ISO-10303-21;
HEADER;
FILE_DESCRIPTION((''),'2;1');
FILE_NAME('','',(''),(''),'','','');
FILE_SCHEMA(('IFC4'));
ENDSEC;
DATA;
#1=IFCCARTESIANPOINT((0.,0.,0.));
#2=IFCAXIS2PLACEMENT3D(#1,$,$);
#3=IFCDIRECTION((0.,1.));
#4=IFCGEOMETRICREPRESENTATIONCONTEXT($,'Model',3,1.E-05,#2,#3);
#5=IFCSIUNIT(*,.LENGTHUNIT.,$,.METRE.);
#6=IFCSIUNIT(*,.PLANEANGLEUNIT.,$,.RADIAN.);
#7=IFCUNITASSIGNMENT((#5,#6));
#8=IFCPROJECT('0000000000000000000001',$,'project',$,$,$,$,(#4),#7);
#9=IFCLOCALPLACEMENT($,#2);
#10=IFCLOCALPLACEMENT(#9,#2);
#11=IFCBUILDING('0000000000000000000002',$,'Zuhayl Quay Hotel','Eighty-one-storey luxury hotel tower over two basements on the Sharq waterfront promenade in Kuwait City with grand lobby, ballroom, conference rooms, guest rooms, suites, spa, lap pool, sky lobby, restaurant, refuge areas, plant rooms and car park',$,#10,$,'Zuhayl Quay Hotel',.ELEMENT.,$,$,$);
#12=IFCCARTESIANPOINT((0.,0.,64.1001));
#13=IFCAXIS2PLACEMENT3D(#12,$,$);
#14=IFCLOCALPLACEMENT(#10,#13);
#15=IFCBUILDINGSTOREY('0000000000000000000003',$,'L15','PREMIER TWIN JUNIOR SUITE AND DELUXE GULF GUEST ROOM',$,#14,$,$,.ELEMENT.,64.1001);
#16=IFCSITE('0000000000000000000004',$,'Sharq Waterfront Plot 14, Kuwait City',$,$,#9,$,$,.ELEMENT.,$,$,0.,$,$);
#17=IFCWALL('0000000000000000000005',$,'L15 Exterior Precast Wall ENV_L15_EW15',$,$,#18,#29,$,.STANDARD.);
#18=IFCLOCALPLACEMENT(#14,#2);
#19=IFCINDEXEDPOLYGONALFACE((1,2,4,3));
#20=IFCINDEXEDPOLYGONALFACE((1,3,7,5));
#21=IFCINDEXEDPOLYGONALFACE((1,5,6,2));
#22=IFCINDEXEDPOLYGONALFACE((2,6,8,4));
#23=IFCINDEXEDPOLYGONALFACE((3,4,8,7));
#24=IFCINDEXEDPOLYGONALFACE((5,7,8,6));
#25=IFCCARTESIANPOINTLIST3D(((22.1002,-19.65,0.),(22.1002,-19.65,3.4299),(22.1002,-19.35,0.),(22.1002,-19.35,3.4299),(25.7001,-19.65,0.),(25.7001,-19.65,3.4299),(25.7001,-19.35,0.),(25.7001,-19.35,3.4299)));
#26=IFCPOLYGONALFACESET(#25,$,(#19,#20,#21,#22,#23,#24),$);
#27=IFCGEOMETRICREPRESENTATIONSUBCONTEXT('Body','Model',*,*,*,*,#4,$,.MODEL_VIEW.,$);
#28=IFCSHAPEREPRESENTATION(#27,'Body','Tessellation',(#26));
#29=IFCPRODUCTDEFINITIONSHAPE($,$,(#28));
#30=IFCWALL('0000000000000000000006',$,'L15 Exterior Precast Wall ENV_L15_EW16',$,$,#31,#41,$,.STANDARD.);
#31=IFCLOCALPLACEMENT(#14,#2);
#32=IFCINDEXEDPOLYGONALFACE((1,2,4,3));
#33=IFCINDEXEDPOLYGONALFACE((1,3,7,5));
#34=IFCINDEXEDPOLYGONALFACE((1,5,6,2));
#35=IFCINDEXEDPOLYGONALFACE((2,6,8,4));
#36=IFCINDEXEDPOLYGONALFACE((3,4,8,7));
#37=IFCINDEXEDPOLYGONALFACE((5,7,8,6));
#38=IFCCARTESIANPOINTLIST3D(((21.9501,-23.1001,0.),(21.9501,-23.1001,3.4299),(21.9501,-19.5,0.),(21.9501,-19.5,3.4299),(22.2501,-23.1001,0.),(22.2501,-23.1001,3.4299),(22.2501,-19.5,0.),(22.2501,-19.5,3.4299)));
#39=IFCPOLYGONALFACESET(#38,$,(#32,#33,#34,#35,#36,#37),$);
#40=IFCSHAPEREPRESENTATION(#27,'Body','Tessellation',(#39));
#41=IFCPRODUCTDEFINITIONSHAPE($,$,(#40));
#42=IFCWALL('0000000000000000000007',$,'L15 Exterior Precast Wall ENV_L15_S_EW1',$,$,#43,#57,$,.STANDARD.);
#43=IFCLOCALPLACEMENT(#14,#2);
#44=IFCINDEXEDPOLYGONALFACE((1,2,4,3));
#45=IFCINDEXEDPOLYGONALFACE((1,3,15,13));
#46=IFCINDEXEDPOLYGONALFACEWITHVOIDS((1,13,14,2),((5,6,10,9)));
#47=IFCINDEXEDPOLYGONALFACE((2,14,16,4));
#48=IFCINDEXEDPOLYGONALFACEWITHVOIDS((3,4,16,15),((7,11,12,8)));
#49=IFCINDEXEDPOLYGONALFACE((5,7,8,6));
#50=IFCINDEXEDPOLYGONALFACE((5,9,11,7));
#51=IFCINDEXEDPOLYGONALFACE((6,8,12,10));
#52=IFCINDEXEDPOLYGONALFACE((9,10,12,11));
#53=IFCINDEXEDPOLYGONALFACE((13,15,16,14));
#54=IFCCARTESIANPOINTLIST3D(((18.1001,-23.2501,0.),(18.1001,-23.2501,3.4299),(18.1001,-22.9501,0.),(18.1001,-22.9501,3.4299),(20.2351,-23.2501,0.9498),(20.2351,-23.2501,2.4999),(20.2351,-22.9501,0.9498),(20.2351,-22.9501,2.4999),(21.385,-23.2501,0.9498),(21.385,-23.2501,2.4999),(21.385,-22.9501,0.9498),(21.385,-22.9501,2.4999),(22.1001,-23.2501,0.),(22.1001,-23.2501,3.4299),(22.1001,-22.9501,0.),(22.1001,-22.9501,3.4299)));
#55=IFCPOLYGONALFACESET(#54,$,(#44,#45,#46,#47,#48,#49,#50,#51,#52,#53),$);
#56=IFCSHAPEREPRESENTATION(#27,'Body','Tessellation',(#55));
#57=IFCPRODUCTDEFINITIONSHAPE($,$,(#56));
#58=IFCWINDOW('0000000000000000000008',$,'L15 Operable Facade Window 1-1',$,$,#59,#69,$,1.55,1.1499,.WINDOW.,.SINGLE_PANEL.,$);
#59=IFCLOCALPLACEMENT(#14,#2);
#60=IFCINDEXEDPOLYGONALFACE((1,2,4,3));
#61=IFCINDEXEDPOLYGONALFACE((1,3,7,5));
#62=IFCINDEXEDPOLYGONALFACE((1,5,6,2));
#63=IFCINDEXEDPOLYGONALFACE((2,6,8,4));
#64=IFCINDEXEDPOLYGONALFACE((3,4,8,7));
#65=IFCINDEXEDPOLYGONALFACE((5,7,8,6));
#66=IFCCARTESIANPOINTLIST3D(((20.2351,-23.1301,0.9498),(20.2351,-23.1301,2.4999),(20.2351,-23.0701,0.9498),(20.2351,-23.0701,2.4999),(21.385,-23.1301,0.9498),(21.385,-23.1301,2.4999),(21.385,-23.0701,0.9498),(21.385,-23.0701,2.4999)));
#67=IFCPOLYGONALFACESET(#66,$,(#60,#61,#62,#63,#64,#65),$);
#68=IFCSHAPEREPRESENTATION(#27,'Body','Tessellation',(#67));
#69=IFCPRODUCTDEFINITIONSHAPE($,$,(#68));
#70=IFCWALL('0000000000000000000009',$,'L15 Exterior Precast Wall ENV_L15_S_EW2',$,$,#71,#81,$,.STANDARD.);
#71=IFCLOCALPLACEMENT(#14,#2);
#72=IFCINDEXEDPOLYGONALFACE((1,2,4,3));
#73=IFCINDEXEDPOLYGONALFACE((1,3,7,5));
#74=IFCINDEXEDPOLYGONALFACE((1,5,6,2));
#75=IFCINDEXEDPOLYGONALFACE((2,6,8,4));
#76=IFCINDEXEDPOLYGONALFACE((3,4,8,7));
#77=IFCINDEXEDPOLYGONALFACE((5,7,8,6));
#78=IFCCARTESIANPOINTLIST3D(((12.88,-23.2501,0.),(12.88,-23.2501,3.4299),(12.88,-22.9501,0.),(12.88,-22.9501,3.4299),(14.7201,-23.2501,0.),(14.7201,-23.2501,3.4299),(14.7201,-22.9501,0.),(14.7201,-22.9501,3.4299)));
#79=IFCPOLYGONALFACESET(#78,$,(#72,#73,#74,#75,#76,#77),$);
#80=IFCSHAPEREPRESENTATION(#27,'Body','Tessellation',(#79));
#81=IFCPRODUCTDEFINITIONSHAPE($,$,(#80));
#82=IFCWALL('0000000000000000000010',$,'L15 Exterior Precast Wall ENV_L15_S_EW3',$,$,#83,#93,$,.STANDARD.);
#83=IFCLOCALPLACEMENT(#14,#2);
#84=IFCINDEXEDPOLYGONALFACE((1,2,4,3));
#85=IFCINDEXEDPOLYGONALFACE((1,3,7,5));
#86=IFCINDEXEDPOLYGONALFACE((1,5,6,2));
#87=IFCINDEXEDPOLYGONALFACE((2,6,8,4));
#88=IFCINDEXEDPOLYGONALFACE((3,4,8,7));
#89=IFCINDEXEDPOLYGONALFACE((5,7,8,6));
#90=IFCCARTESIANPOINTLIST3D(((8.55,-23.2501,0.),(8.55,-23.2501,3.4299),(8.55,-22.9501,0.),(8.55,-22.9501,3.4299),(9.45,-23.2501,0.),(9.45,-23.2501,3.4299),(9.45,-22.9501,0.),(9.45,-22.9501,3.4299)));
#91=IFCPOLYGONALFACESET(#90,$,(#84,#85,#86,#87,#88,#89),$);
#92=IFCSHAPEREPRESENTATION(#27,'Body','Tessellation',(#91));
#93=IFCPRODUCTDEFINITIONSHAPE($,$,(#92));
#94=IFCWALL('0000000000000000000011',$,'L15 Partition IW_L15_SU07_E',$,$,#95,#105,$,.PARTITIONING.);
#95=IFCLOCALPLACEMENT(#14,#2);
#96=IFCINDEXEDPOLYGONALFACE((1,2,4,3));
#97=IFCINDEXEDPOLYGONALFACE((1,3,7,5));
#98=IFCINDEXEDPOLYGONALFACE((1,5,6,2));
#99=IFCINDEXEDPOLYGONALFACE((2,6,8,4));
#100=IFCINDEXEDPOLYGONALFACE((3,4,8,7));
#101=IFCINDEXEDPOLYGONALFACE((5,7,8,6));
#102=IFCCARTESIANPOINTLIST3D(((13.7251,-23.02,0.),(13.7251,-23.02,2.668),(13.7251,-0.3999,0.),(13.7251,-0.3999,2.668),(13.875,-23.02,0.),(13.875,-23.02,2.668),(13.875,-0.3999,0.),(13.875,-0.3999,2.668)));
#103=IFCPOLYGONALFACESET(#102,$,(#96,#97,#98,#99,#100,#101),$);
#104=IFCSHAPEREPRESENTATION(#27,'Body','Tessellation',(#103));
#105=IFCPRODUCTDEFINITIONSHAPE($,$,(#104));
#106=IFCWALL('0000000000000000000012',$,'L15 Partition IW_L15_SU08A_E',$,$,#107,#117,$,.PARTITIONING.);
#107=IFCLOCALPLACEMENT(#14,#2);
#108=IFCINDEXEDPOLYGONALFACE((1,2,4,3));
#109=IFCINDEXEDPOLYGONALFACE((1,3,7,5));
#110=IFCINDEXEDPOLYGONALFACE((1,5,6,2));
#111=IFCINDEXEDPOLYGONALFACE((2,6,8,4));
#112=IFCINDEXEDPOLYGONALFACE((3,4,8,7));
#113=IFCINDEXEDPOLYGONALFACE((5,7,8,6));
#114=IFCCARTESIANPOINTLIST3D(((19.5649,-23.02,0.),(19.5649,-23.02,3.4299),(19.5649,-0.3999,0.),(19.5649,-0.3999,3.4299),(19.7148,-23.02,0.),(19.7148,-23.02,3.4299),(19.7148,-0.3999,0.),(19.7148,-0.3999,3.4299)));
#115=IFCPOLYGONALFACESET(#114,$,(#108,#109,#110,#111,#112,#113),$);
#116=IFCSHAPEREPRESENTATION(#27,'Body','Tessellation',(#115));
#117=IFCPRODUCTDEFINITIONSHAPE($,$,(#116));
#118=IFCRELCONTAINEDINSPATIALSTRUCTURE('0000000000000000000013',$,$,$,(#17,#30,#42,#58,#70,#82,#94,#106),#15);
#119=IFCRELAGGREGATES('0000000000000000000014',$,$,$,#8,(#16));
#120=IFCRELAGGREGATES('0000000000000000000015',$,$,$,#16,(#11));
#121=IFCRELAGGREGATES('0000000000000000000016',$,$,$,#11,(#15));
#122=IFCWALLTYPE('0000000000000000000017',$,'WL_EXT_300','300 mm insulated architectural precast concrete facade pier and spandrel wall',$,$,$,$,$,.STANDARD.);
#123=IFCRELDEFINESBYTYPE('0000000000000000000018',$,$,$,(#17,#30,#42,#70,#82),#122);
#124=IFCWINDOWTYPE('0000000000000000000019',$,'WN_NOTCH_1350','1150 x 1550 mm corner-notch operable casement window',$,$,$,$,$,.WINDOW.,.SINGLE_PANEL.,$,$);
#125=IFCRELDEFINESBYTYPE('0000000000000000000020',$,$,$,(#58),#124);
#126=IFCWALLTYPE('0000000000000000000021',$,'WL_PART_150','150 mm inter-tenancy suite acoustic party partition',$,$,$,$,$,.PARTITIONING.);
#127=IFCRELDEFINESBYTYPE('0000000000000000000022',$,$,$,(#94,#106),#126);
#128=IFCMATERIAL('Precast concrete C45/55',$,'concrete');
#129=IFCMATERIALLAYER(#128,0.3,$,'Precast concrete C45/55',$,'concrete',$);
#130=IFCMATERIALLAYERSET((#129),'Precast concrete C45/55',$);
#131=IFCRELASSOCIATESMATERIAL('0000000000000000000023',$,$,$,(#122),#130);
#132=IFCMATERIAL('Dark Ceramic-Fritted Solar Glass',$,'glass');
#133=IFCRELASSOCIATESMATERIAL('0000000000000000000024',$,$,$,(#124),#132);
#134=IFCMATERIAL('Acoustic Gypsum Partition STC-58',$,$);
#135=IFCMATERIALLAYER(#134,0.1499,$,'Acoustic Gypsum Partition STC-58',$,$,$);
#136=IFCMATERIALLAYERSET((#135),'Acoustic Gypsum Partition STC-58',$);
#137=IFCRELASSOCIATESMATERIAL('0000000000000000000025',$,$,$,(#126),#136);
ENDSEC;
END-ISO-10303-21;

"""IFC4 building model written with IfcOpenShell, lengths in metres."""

from ifc_helpers import new_model, si_unit, direction, frame, frame_2d, origin, place, context, subcontext, project, spatial, rectangle, extrude, material, layer, layer_set, type_object, element, fill, save


model = new_model("IFC4")

# Units and contexts
model_context = context("Model", 3, precision=1e-05, world=origin(), true_north=direction((0.0, 1.0)))
body_context = subcontext(model_context, "Body", "Model", "MODEL_VIEW")
ifc_project = project(units=[si_unit("LENGTHUNIT", "METRE"), si_unit("PLANEANGLEUNIT", "RADIAN")], contexts=[model_context])

# Site, building, storey
site_placement = place(None, origin())
site = spatial("IfcSite", under=ifc_project, at=site_placement, Name="Sharq Waterfront Plot 14, Kuwait City", CompositionType="ELEMENT", RefElevation=0.0)
building_placement = place(site_placement, origin())
building = spatial("IfcBuilding", under=site, at=building_placement, Name="Zuhayl Quay Hotel", Description="Eighty-one-storey luxury hotel tower over two basements on the Sharq waterfront promenade in Kuwait City with grand lobby, ballroom, conference rooms, guest rooms, suites, spa, lap pool, sky lobby, restaurant, refuge areas, plant rooms and car park", LongName="Zuhayl Quay Hotel", CompositionType="ELEMENT")
storey_placement = place(building_placement, frame((0.0, 0.0, 64.1001)))
storey = spatial("IfcBuildingStorey", under=building, at=storey_placement, Name="L15", Description="PREMIER TWIN JUNIOR SUITE AND DELUXE GULF GUEST ROOM", CompositionType="ELEMENT", Elevation=64.1001)

# Shared definitions
ifc_material_1 = material(Name="Dark Ceramic-Fritted Solar Glass", Category="glass")

# Walls
ifc_material_2 = material(Name="Precast concrete C45/55", Category="concrete")
ifc_layer_1 = layer(ifc_material_2, 0.3, Name="Precast concrete C45/55", Category="concrete")
ifc_layer_set_1 = layer_set([ifc_layer_1], Name="Precast concrete C45/55")
wall_type_1 = type_object("IfcWallType", Name="WL_EXT_300", Description="300 mm insulated architectural precast concrete facade pier and spandrel wall", PredefinedType="STANDARD", material=ifc_layer_set_1)
wall_1_placement = place(storey_placement, frame((25.7, -19.5, 0.0), z_axis=(0.0, 0.0, 1.0), x_axis=(-1.0, 0.0, 0.0)))
element("IfcWall", 1, at=wall_1_placement, inside=storey, type_object=wall_type_1, Name="L15 Exterior Precast Wall ENV_L15_EW15", PredefinedType="STANDARD", context=body_context, shape_type="SweptSolid", body=[
    extrude(rectangle(XDim=3.5999, YDim=0.3, at=frame_2d((1.7998, 0.0))), origin(), (0.0, 0.0, 1.0), 3.4299),
])
wall_2_placement = place(storey_placement, frame((22.1001, -19.5, 0.0), z_axis=(0.0, 0.0, 1.0), x_axis=(0.0, -1.0, 0.0)))
element("IfcWall", 2, at=wall_2_placement, inside=storey, type_object=wall_type_1, Name="L15 Exterior Precast Wall ENV_L15_EW16", PredefinedType="STANDARD", context=body_context, shape_type="SweptSolid", body=[
    extrude(rectangle(XDim=3.6001, YDim=0.3, at=frame_2d((1.8, 0.0))), origin(), (0.0, 0.0, 1.0), 3.4299),
])

# Wall, opening, window
wall_3_placement = place(storey_placement, frame((22.1001, -23.1001, 0.0), z_axis=(0.0, 0.0, 1.0), x_axis=(-1.0, 0.0, 0.0)))
wall_3 = element("IfcWall", 3, at=wall_3_placement, inside=storey, type_object=wall_type_1, Name="L15 Exterior Precast Wall ENV_L15_S_EW1", PredefinedType="STANDARD", context=body_context, shape_type="SweptSolid", body=[
    extrude(rectangle(XDim=4.0, YDim=0.3, at=frame_2d((2.0, 0.0))), origin(), (0.0, 0.0, 1.0), 3.4299),
])
opening_placement = place(wall_3_placement, frame((0.7151, 0.0, 0.95)))
opening = element("IfcOpeningElement", 4, at=opening_placement, cuts=wall_3, PredefinedType="OPENING", context=body_context, shape_type="SweptSolid", body=[
    extrude(rectangle(XDim=1.1499, YDim=1.55, at=frame_2d((0.575, 0.7749))), frame((0.0, 0.1599, 0.0), z_axis=(0.0, -1.0, 0.0), x_axis=(1.0, 0.0, 0.0)), (0.0, 0.0, 1.0), 0.3201),
])
window_type = type_object("IfcWindowType", Name="WN_NOTCH_1350", Description="1150 x 1550 mm corner-notch operable casement window", PartitioningType="SINGLE_PANEL", PredefinedType="WINDOW", material=ifc_material_1)
window_placement = place(opening_placement, origin())
window = element("IfcWindow", 5, at=window_placement, inside=storey, type_object=window_type, Name="L15 Operable Facade Window 1-1", OverallHeight=1.55, OverallWidth=1.1499, PartitioningType="SINGLE_PANEL", PredefinedType="WINDOW", context=body_context, shape_type="SweptSolid", body=[
    extrude(rectangle(XDim=1.1499, YDim=1.55, at=frame_2d((0.575, 0.7749))), frame((0.0, 0.03, 0.0), z_axis=(0.0, -1.0, 0.0), x_axis=(1.0, 0.0, 0.0)), (0.0, 0.0, 1.0), 0.0601),
])
fill(opening, window)

# Walls
wall_4_placement = place(storey_placement, frame((14.72, -23.1001, 0.0), z_axis=(0.0, 0.0, 1.0), x_axis=(-1.0, 0.0, 0.0)))
element("IfcWall", 6, at=wall_4_placement, inside=storey, type_object=wall_type_1, Name="L15 Exterior Precast Wall ENV_L15_S_EW2", PredefinedType="STANDARD", context=body_context, shape_type="SweptSolid", body=[
    extrude(rectangle(XDim=1.8401, YDim=0.3, at=frame_2d((0.9199, 0.0))), origin(), (0.0, 0.0, 1.0), 3.4299),
])
wall_5_placement = place(storey_placement, frame((9.45, -23.1001, 0.0), z_axis=(0.0, 0.0, 1.0), x_axis=(-1.0, 0.0, 0.0)))
element("IfcWall", 7, at=wall_5_placement, inside=storey, type_object=wall_type_1, Name="L15 Exterior Precast Wall ENV_L15_S_EW3", PredefinedType="STANDARD", context=body_context, shape_type="SweptSolid", body=[
    extrude(rectangle(XDim=0.8999, YDim=0.3, at=frame_2d((0.45, 0.0))), origin(), (0.0, 0.0, 1.0), 3.4299),
])
ifc_material_3 = material(Name="Acoustic Gypsum Partition STC-58")
ifc_layer_2 = layer(ifc_material_3, 0.1499, Name="Acoustic Gypsum Partition STC-58")
ifc_layer_set_2 = layer_set([ifc_layer_2], Name="Acoustic Gypsum Partition STC-58")
wall_type_2 = type_object("IfcWallType", Name="WL_PART_150", Description="150 mm inter-tenancy suite acoustic party partition", PredefinedType="PARTITIONING", material=ifc_layer_set_2)
wall_6_placement = place(storey_placement, frame((13.8, -23.02, 0.0), z_axis=(0.0, 0.0, 1.0), x_axis=(0.0, 1.0, 0.0)))
element("IfcWall", 8, at=wall_6_placement, inside=storey, type_object=wall_type_2, Name="L15 Partition IW_L15_SU07_E", PredefinedType="PARTITIONING", context=body_context, shape_type="SweptSolid", body=[
    extrude(rectangle(XDim=22.6201, YDim=0.1499, at=frame_2d((11.3101, 0.0))), origin(), (0.0, 0.0, 1.0), 2.668),
])
wall_7_placement = place(storey_placement, frame((19.6399, -23.02, 0.0), z_axis=(0.0, 0.0, 1.0), x_axis=(0.0, 1.0, 0.0)))
element("IfcWall", 9, at=wall_7_placement, inside=storey, type_object=wall_type_2, Name="L15 Partition IW_L15_SU08A_E", PredefinedType="PARTITIONING", context=body_context, shape_type="SweptSolid", body=[
    extrude(rectangle(XDim=22.6201, YDim=0.1499, at=frame_2d((11.3101, 0.0))), origin(), (0.0, 0.0, 1.0), 3.4299),
])

save(model, "model.ifc")
